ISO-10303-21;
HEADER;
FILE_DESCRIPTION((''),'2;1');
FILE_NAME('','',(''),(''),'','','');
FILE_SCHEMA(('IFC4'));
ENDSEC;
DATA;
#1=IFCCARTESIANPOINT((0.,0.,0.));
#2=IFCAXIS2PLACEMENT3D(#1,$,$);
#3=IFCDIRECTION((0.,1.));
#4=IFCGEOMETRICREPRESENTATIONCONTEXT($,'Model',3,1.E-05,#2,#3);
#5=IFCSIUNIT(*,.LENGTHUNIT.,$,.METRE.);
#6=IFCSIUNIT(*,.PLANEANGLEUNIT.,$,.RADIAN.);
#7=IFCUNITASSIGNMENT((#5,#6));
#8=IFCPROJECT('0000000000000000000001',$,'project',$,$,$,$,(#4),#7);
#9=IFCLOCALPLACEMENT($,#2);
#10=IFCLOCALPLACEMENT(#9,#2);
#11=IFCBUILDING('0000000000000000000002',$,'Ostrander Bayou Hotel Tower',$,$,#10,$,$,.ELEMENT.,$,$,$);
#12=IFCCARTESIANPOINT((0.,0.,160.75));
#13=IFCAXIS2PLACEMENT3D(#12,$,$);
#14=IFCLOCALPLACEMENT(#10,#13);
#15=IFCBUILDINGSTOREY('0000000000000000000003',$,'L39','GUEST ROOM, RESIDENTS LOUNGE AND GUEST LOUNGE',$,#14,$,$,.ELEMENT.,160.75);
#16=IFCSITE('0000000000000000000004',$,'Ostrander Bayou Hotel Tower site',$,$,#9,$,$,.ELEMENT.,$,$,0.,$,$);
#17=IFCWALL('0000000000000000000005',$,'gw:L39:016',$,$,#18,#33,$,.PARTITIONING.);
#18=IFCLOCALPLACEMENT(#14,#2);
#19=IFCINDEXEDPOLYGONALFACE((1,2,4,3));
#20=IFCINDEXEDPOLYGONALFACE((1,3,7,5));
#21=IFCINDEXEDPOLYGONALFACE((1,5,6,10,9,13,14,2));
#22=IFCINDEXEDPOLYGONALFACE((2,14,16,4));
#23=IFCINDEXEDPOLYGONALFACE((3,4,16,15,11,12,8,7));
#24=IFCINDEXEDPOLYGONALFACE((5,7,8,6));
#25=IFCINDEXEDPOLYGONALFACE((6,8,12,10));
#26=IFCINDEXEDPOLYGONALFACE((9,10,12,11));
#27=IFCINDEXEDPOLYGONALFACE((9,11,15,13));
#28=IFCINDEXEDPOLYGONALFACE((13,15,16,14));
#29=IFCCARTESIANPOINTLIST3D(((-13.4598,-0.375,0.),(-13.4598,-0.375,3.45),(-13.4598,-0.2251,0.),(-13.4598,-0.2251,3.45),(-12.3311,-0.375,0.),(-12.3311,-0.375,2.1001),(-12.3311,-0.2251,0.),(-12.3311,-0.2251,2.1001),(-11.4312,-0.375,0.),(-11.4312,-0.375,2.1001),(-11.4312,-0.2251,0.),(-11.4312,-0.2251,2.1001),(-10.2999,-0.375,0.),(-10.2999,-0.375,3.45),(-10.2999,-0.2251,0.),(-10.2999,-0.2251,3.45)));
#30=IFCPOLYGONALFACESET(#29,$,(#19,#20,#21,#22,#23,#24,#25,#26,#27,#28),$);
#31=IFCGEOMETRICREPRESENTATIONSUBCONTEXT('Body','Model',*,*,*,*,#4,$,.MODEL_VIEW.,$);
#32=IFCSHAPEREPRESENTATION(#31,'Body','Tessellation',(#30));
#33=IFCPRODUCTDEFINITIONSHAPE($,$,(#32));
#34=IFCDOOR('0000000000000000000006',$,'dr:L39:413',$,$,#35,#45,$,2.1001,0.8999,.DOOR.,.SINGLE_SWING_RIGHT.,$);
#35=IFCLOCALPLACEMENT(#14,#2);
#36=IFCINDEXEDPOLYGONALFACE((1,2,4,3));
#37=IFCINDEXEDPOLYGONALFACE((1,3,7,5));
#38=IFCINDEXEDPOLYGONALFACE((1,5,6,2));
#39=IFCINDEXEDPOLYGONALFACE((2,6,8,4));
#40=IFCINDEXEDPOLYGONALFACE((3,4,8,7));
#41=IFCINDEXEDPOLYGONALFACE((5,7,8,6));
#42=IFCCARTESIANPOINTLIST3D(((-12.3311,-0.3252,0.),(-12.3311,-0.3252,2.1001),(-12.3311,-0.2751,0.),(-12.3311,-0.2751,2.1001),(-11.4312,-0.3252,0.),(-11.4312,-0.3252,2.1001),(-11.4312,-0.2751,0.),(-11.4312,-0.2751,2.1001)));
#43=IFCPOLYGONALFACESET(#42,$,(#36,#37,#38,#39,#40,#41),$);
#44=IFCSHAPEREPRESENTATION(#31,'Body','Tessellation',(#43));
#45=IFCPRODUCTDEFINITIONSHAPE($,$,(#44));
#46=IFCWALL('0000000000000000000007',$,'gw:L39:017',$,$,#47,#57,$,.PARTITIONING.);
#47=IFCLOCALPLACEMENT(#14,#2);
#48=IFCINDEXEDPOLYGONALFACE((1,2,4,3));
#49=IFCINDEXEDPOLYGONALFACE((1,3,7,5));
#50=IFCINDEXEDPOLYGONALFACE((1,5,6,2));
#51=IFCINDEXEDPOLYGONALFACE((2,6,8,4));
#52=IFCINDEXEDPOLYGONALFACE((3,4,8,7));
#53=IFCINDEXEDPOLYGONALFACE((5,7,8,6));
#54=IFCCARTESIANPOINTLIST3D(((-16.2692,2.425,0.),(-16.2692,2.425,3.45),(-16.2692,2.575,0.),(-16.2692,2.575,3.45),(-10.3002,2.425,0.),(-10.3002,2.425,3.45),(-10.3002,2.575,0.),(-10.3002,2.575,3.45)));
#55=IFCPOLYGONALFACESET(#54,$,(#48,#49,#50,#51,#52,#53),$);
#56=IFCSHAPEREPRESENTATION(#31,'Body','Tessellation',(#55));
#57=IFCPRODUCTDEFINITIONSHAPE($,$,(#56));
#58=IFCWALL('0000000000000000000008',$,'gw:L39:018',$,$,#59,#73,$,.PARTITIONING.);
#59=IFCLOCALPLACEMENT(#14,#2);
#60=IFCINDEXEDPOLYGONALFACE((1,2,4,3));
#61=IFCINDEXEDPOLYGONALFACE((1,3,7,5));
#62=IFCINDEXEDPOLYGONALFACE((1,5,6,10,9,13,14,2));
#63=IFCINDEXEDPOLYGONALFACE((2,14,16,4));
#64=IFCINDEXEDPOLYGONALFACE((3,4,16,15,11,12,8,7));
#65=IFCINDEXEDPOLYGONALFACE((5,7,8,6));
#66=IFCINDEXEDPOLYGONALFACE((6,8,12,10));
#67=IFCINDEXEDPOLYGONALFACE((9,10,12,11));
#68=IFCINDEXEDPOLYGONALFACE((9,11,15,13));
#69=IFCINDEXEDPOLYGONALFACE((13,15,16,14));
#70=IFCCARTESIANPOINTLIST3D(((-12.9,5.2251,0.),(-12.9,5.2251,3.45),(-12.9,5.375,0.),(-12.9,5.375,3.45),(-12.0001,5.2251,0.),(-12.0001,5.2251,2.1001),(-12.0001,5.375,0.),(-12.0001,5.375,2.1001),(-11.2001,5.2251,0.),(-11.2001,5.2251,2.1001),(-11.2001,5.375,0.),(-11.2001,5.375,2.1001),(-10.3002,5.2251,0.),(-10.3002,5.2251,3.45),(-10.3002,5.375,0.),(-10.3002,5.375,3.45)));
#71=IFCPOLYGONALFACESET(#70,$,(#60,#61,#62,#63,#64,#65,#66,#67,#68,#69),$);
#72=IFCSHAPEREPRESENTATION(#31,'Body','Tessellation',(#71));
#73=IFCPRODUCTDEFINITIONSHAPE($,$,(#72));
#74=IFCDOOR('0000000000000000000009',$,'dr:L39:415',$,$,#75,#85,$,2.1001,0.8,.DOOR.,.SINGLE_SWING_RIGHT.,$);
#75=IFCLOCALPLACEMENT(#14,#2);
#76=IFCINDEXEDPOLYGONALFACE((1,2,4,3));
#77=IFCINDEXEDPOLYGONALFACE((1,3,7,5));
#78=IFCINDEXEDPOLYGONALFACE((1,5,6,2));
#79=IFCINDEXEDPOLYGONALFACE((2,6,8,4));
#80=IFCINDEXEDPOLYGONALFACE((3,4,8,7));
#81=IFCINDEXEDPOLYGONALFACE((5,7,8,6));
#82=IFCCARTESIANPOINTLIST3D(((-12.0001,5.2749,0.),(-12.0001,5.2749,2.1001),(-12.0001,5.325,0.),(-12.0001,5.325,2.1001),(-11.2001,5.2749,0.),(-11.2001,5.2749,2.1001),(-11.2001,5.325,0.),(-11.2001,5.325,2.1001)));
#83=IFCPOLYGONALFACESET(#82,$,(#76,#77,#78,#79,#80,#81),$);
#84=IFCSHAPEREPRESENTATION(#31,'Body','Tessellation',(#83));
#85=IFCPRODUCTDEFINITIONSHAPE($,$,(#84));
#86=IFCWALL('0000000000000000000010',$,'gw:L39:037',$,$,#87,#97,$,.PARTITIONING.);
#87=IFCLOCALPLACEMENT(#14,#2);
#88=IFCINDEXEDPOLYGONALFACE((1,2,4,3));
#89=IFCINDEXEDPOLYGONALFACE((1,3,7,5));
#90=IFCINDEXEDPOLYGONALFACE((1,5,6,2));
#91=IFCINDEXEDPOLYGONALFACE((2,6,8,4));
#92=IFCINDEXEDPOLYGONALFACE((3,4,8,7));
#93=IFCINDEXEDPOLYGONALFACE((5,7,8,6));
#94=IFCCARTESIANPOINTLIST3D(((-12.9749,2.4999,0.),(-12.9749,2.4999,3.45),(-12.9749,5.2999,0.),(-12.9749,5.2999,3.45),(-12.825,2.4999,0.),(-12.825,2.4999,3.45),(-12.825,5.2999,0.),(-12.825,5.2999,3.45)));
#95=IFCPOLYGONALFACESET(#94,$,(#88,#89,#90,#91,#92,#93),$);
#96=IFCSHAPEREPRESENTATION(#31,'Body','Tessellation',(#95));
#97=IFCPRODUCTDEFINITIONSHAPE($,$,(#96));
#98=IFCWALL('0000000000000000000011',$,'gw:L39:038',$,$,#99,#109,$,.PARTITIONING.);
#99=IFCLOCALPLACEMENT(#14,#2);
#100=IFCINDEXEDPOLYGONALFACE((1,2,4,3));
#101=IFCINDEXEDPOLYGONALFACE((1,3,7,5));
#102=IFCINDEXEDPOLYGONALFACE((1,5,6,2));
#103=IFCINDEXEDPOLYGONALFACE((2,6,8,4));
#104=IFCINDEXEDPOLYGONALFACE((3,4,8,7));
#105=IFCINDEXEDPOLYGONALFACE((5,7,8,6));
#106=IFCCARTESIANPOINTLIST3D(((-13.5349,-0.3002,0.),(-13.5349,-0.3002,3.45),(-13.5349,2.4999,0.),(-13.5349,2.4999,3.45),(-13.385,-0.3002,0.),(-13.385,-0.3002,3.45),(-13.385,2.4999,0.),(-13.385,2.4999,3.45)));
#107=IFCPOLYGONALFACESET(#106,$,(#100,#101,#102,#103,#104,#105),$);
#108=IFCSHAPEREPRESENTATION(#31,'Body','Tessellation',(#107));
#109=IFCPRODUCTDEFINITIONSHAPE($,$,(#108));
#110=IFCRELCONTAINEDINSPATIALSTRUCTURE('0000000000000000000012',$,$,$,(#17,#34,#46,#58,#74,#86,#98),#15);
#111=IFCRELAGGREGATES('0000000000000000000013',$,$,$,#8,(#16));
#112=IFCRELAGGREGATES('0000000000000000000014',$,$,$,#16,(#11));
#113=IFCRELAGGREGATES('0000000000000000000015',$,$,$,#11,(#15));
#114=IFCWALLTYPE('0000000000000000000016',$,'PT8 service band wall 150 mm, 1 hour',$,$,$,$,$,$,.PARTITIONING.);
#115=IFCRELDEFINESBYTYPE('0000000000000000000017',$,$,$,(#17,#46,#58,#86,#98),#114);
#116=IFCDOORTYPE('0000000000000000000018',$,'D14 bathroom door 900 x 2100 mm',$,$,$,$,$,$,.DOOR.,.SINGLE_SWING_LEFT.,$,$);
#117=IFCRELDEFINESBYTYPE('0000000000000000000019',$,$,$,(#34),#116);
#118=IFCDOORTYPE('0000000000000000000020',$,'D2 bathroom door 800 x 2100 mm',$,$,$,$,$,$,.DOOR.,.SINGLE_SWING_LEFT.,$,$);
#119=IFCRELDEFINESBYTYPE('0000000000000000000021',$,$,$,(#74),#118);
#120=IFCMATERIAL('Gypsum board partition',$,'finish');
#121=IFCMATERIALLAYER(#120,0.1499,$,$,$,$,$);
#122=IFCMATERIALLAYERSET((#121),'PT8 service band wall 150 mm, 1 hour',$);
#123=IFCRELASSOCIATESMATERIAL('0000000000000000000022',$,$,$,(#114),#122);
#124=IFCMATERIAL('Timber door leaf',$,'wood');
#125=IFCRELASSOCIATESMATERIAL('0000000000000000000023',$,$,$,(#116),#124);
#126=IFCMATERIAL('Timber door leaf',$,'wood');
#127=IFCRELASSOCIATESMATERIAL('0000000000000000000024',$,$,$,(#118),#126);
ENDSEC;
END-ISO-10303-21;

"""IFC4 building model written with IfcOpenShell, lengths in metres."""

from ifc_helpers import new_model, si_unit, direction, frame, frame_2d, origin, place, context, subcontext, project, spatial, rectangle, extrude, material, layer, layer_set, type_object, element, fill, save


model = new_model("IFC4")

# Units and contexts
model_context = context("Model", 3, precision=1e-05, world=origin(), true_north=direction((0.0, 1.0)))
body_context = subcontext(model_context, "Body", "Model", "MODEL_VIEW")
ifc_project = project(units=[si_unit("LENGTHUNIT", "METRE"), si_unit("PLANEANGLEUNIT", "RADIAN")], contexts=[model_context])

# Site, building, storey
site_placement = place(None, origin())
site = spatial("IfcSite", under=ifc_project, at=site_placement, Name="Ostrander Bayou Hotel Tower site", CompositionType="ELEMENT", RefElevation=0.0)
building_placement = place(site_placement, origin())
building = spatial("IfcBuilding", under=site, at=building_placement, Name="Ostrander Bayou Hotel Tower", CompositionType="ELEMENT")
storey_placement = place(building_placement, frame((0.0, 0.0, 160.75)))
storey = spatial("IfcBuildingStorey", under=building, at=storey_placement, Name="L39", Description="GUEST ROOM, RESIDENTS LOUNGE AND GUEST LOUNGE", CompositionType="ELEMENT", Elevation=160.75)

# Wall, opening, door
ifc_material_1 = material(Name="Gypsum board partition", Category="finish")
ifc_layer_1 = layer(ifc_material_1, 0.1499)
ifc_layer_set_1 = layer_set([ifc_layer_1], Name="PT8 service band wall 150 mm, 1 hour")
wall_type_1 = type_object("IfcWallType", Name="PT8 service band wall 150 mm, 1 hour", PredefinedType="PARTITIONING", material=ifc_layer_set_1)
wall_1_placement = place(storey_placement, frame((-13.46, -0.3, 0.0), z_axis=(0.0, 0.0, 1.0), x_axis=(1.0, 0.0, 0.0)))
wall_1 = element("IfcWall", 1, at=wall_1_placement, inside=storey, type_object=wall_type_1, Name="gw:L39:016", PredefinedType="PARTITIONING", context=body_context, shape_type="SweptSolid", body=[
    extrude(rectangle(XDim=3.1599, YDim=0.1499, at=frame_2d((1.5801, 0.0))), origin(), (0.0, 0.0, 1.0), 3.45),
])
opening_1_placement = place(wall_1_placement, frame((1.1289, 0.0, 0.0)))
opening_1 = element("IfcOpeningElement", 2, at=opening_1_placement, cuts=wall_1, PredefinedType="OPENING", context=body_context, shape_type="SweptSolid", body=[
    extrude(rectangle(XDim=0.8999, YDim=2.1001, at=frame_2d((0.45, 1.05))), frame((0.0, 0.075, 0.0), z_axis=(0.0, -1.0, 0.0), x_axis=(1.0, 0.0, 0.0)), (0.0, 0.0, 1.0), 0.1499),
])
ifc_material_2 = material(Name="Timber door leaf", Category="wood")
door_type_1 = type_object("IfcDoorType", Name="D14 bathroom door 900 x 2100 mm", OperationType="SINGLE_SWING_LEFT", PredefinedType="DOOR", material=ifc_material_2)
door_1_placement = place(opening_1_placement, origin())
door_1 = element("IfcDoor", 3, at=door_1_placement, inside=storey, type_object=door_type_1, Name="dr:L39:413", OperationType="SINGLE_SWING_RIGHT", OverallHeight=2.1001, OverallWidth=0.8999, PredefinedType="DOOR", context=body_context, shape_type="SweptSolid", body=[
    extrude(rectangle(XDim=0.8999, YDim=2.1001, at=frame_2d((0.45, 1.05))), frame((0.0, 0.0249, 0.0), z_axis=(0.0, -1.0, 0.0), x_axis=(1.0, 0.0, 0.0)), (0.0, 0.0, 1.0), 0.05),
])
fill(opening_1, door_1)

# Wall
wall_2_placement = place(storey_placement, frame((-16.269, 2.5, 0.0), z_axis=(0.0, 0.0, 1.0), x_axis=(1.0, 0.0, 0.0)))
element("IfcWall", 4, at=wall_2_placement, inside=storey, type_object=wall_type_1, Name="gw:L39:017", PredefinedType="PARTITIONING", context=body_context, shape_type="SweptSolid", body=[
    extrude(rectangle(XDim=5.969, YDim=0.1499, at=frame_2d((2.9844, 0.0))), origin(), (0.0, 0.0, 1.0), 3.45),
])

# Wall, opening, door
wall_3_placement = place(storey_placement, frame((-12.8999, 5.3, 0.0), z_axis=(0.0, 0.0, 1.0), x_axis=(1.0, 0.0, 0.0)))
wall_3 = element("IfcWall", 5, at=wall_3_placement, inside=storey, type_object=wall_type_1, Name="gw:L39:018", PredefinedType="PARTITIONING", context=body_context, shape_type="SweptSolid", body=[
    extrude(rectangle(XDim=2.5999, YDim=0.1499, at=frame_2d((1.2998, 0.0))), origin(), (0.0, 0.0, 1.0), 3.45),
])
opening_2_placement = place(wall_3_placement, frame((0.8999, 0.0, 0.0)))
opening_2 = element("IfcOpeningElement", 6, at=opening_2_placement, cuts=wall_3, PredefinedType="OPENING", context=body_context, shape_type="SweptSolid", body=[
    extrude(rectangle(XDim=0.8, YDim=2.1001, at=frame_2d((0.3999, 1.05))), frame((0.0, 0.075, 0.0), z_axis=(0.0, -1.0, 0.0), x_axis=(1.0, 0.0, 0.0)), (0.0, 0.0, 1.0), 0.1499),
])
ifc_material_3 = material(Name="Timber door leaf", Category="wood")
door_type_2 = type_object("IfcDoorType", Name="D2 bathroom door 800 x 2100 mm", OperationType="SINGLE_SWING_LEFT", PredefinedType="DOOR", material=ifc_material_3)
door_2_placement = place(opening_2_placement, origin())
door_2 = element("IfcDoor", 7, at=door_2_placement, inside=storey, type_object=door_type_2, Name="dr:L39:415", OperationType="SINGLE_SWING_RIGHT", OverallHeight=2.1001, OverallWidth=0.8, PredefinedType="DOOR", context=body_context, shape_type="SweptSolid", body=[
    extrude(rectangle(XDim=0.8, YDim=2.1001, at=frame_2d((0.3999, 1.05))), frame((0.0, 0.0249, 0.0), z_axis=(0.0, -1.0, 0.0), x_axis=(1.0, 0.0, 0.0)), (0.0, 0.0, 1.0), 0.05),
])
fill(opening_2, door_2)

# Walls
for number, where, z_axis, x_axis, name in (
    (8, (-12.8999, 2.5, 0.0), (0.0, 0.0, 1.0), (0.0, 1.0, 0.0), "gw:L39:037"),
    (9, (-13.46, -0.3, 0.0), (0.0, 0.0, 1.0), (0.0, 1.0, 0.0), "gw:L39:038"),
):
    element("IfcWall", number, at=place(storey_placement, frame(where, z_axis=z_axis, x_axis=x_axis)), inside=storey, type_object=wall_type_1, Name=name, PredefinedType="PARTITIONING", context=body_context, shape_type="SweptSolid", body=[
        extrude(rectangle(XDim=2.8, YDim=0.1499, at=frame_2d((1.3999, 0.0))), origin(), (0.0, 0.0, 1.0), 3.45),
    ])

save(model, "model.ifc")
